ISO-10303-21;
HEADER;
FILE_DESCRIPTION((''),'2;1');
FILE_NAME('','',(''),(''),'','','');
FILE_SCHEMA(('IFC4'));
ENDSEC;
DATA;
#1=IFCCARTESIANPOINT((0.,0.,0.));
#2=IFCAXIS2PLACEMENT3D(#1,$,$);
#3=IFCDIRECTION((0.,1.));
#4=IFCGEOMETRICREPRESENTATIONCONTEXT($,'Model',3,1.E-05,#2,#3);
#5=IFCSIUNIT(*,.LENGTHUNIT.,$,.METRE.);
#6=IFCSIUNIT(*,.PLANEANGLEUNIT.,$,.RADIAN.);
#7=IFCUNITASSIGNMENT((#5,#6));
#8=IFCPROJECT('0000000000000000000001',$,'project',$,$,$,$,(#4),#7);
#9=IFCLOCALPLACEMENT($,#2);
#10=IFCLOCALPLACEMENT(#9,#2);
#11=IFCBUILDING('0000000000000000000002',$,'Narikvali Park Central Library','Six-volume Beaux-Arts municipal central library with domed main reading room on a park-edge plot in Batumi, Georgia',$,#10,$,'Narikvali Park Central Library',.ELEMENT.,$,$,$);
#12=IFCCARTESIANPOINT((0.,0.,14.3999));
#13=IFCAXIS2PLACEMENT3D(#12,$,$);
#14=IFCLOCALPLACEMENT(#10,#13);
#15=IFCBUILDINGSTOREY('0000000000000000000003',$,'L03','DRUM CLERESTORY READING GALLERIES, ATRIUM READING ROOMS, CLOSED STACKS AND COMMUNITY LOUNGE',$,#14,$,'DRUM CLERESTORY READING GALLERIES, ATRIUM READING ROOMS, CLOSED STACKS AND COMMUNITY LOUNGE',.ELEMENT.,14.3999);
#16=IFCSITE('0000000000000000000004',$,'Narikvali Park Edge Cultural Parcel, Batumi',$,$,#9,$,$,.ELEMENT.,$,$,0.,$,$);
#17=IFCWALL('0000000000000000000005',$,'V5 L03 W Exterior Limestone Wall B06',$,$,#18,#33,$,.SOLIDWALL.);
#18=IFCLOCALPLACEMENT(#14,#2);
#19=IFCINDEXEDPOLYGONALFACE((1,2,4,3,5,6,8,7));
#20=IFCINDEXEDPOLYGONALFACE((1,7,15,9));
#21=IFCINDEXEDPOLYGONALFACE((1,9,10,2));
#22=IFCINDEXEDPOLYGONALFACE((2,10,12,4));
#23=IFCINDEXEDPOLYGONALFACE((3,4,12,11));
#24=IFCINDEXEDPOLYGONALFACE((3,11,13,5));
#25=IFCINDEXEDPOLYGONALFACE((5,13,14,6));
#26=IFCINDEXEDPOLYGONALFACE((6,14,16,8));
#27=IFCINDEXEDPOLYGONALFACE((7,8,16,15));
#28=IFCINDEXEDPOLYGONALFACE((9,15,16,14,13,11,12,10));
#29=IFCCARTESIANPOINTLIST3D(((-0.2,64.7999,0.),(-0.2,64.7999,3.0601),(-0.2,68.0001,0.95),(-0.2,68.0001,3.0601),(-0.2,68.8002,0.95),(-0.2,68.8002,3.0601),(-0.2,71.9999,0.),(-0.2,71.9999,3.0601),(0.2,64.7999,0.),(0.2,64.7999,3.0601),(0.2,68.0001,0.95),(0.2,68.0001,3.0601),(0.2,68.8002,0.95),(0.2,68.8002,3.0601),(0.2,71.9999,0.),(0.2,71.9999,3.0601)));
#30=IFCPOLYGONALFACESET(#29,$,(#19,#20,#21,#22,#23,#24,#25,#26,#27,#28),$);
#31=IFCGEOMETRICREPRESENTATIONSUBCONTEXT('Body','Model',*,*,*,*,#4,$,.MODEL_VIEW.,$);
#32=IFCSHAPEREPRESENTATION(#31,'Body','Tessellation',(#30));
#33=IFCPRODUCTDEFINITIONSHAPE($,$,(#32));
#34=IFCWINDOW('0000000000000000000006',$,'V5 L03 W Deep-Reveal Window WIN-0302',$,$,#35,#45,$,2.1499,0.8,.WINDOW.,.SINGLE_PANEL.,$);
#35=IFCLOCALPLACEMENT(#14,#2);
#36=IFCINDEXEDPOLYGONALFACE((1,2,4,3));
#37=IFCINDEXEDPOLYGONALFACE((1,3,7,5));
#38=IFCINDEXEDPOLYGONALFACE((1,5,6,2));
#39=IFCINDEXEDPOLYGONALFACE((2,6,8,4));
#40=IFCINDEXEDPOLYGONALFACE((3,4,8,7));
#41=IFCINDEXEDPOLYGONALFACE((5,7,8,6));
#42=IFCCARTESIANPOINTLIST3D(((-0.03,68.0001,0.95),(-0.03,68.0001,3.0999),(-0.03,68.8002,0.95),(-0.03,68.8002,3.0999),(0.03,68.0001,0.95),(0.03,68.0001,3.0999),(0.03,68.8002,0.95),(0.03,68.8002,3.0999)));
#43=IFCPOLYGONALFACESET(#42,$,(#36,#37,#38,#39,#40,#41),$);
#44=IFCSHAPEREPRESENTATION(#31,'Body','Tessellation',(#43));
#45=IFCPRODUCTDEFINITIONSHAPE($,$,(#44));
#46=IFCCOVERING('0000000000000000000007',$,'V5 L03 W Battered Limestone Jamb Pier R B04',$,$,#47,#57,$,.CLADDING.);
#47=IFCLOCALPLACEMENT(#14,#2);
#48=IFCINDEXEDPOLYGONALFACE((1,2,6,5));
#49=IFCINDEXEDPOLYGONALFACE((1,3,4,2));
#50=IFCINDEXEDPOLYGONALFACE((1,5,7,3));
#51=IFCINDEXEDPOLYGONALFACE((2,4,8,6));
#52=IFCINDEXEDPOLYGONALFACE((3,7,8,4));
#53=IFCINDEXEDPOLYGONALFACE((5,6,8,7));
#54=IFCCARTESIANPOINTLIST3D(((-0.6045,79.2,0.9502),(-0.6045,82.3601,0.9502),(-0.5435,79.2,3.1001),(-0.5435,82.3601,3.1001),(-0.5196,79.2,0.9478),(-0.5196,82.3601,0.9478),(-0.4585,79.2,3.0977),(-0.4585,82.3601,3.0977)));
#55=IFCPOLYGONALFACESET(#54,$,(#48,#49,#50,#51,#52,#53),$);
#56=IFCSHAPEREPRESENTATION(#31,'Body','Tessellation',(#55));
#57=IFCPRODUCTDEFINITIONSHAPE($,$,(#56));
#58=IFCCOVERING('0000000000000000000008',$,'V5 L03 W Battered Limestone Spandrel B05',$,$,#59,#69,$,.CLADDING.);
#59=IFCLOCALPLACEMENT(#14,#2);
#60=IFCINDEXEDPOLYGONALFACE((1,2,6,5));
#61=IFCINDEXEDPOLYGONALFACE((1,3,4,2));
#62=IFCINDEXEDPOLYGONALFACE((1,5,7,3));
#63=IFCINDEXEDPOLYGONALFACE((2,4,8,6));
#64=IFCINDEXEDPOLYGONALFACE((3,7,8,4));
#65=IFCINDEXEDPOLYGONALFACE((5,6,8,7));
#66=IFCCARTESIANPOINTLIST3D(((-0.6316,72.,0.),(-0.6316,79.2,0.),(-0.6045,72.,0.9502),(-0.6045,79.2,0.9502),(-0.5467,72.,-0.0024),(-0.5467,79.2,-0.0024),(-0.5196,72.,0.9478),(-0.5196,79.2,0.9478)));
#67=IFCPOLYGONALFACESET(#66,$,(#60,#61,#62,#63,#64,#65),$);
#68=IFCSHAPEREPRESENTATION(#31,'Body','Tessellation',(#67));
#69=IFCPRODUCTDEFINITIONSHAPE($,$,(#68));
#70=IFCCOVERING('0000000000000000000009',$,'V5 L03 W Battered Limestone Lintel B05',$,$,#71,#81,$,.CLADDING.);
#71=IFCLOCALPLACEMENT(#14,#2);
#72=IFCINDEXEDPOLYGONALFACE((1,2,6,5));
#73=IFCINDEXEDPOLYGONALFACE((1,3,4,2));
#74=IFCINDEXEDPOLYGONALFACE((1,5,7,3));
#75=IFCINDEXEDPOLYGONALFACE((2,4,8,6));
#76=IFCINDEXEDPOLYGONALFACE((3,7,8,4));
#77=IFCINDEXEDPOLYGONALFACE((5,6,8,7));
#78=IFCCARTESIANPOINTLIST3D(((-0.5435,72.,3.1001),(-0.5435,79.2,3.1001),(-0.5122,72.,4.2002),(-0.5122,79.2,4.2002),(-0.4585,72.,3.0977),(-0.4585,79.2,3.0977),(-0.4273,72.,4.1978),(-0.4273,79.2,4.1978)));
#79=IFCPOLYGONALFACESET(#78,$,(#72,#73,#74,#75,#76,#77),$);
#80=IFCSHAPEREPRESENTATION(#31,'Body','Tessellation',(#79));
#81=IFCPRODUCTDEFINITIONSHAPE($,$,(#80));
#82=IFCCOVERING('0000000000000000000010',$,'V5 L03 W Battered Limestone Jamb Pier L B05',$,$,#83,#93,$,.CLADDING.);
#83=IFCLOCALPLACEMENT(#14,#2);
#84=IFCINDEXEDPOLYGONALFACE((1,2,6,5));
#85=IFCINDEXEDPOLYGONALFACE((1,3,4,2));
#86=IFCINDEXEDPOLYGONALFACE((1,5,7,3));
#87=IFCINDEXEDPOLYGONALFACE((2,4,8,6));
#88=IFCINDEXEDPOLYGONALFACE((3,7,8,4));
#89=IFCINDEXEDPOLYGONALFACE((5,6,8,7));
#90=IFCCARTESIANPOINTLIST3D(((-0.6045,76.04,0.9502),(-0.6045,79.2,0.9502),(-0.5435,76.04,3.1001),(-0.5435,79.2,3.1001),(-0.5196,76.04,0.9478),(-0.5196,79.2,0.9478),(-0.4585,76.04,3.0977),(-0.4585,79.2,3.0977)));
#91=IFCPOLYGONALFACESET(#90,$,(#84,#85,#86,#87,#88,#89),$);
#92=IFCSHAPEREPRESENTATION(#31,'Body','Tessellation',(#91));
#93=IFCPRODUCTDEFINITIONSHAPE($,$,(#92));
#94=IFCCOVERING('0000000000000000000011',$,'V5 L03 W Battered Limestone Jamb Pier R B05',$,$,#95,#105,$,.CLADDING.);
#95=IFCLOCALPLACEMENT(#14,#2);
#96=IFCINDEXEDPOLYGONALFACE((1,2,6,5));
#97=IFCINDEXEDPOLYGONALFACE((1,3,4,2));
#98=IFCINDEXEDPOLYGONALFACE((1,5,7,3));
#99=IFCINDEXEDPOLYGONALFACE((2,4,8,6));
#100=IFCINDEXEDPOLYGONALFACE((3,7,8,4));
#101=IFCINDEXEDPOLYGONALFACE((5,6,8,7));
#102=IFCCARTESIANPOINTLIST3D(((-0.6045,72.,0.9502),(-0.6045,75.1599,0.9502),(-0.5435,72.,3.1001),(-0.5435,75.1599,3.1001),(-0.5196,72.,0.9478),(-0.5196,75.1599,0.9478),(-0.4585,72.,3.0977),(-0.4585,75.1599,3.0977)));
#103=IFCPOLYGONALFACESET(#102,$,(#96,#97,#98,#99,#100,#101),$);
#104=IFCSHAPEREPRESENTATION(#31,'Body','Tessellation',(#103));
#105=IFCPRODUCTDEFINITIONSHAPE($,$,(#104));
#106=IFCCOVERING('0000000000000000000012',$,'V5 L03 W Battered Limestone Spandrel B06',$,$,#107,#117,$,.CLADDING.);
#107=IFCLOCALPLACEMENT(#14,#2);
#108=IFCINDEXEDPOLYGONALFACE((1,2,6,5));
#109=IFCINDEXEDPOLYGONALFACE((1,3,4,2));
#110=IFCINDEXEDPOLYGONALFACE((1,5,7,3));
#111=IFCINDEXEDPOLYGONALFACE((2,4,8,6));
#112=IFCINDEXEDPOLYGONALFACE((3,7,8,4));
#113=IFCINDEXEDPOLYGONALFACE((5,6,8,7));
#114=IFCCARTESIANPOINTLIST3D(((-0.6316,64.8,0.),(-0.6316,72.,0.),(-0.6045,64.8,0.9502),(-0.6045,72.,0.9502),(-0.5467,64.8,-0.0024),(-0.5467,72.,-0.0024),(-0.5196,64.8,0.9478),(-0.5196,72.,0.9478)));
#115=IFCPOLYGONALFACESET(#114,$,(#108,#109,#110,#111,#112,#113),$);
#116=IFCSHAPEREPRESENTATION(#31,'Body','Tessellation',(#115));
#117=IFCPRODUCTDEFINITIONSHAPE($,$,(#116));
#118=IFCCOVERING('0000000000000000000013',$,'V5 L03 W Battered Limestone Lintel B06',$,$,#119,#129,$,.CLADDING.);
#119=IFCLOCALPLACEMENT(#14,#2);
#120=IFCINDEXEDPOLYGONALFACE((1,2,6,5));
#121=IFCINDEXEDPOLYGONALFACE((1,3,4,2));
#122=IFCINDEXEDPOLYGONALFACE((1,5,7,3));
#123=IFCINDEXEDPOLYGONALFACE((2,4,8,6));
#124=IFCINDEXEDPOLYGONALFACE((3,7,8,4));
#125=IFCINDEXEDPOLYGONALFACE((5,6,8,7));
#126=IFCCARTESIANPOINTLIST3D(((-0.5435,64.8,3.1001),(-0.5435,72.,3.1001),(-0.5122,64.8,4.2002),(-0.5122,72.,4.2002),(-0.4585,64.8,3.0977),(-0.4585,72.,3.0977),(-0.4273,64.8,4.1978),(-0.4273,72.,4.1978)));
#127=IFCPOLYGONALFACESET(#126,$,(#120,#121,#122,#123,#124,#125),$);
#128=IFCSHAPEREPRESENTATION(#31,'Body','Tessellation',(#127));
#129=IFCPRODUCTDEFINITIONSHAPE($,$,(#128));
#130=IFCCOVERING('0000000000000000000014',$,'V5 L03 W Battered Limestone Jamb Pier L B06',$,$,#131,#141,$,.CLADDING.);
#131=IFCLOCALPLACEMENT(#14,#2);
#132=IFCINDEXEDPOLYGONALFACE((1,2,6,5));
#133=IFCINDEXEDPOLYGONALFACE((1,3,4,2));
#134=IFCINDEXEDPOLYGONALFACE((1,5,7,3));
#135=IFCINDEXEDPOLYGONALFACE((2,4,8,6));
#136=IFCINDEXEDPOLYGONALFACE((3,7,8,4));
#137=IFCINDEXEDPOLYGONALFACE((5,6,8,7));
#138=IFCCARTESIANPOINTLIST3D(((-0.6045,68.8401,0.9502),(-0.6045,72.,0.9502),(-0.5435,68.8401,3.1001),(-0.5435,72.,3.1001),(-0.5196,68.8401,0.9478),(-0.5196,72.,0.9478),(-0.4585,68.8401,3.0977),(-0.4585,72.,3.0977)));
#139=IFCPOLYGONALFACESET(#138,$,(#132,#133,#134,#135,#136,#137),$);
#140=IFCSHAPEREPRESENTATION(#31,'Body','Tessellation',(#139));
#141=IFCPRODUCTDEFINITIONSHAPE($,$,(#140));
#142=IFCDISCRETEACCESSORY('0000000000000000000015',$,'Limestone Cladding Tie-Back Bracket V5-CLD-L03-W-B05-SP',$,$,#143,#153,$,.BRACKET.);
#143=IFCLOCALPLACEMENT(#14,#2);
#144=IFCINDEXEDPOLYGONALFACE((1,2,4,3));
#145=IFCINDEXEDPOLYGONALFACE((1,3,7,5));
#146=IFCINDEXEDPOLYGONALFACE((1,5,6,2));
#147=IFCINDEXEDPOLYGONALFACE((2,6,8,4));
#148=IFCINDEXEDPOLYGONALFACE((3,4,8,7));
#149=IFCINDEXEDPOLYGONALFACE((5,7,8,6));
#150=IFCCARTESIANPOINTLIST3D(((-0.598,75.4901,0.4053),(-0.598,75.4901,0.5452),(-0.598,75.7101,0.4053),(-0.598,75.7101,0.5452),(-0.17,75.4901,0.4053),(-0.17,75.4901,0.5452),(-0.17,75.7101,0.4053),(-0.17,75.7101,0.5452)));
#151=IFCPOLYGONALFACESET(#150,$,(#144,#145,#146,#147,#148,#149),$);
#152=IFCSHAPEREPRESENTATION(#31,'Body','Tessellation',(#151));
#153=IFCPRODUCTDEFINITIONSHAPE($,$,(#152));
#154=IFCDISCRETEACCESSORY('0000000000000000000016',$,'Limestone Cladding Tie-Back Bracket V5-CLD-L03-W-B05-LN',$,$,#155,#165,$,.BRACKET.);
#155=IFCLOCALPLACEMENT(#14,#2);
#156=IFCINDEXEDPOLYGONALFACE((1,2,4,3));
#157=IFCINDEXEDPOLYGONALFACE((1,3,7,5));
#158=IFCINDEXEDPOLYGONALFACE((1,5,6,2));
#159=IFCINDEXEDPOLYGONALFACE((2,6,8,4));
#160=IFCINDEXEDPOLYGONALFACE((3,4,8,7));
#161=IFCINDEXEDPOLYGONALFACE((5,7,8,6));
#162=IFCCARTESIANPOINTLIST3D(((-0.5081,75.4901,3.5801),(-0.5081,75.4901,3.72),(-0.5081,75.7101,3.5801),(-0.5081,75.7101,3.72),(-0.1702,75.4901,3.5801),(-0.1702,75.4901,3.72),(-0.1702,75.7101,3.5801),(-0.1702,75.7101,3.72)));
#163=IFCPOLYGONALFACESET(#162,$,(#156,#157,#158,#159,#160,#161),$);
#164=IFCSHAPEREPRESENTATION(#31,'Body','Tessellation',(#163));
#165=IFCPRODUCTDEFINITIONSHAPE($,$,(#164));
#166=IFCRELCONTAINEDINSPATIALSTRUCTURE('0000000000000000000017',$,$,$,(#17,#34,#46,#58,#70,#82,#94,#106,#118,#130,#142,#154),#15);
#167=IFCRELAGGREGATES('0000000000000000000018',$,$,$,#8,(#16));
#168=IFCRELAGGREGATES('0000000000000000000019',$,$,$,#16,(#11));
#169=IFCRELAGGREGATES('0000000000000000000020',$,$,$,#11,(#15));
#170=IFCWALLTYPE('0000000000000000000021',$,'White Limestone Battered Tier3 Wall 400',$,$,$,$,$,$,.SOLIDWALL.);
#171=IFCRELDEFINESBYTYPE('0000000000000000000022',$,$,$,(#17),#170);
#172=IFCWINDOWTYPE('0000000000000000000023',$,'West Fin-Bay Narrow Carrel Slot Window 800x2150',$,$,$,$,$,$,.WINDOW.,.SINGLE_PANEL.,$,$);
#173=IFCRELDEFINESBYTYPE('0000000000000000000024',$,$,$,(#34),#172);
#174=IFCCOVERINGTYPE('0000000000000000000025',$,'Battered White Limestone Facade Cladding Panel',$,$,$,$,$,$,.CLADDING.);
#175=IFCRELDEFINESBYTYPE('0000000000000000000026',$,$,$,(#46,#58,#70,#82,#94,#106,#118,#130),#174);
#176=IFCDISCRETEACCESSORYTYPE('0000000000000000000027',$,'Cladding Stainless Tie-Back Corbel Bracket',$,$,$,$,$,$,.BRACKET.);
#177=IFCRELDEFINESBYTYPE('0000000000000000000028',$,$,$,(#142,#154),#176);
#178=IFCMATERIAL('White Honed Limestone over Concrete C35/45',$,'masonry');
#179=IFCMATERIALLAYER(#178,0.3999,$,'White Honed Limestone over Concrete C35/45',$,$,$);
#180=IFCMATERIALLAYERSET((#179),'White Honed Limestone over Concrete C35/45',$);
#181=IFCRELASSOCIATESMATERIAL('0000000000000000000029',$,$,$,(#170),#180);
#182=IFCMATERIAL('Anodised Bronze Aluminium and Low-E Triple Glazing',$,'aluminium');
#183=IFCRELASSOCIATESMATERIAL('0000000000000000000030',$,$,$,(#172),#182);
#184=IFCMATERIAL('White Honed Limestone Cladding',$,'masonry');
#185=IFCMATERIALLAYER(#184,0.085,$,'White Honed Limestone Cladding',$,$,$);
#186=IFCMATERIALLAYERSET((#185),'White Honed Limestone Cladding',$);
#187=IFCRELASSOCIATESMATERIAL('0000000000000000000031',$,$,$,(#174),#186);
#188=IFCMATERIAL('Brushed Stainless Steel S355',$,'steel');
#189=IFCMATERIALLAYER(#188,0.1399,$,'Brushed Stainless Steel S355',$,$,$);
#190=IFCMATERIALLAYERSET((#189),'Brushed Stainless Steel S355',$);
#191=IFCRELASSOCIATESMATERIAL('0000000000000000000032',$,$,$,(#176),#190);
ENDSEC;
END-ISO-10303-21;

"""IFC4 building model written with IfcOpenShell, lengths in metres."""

from ifc_helpers import new_model, si_unit, direction, frame, frame_2d, origin, origin_2d, place, context, subcontext, project, spatial, polyline, rectangle, outline, extrude, material, layer, layer_set, type_object, element, fill, save


model = new_model("IFC4")

# Units and contexts
model_context = context("Model", 3, precision=1e-05, world=origin(), true_north=direction((0.0, 1.0)))
body_context = subcontext(model_context, "Body", "Model", "MODEL_VIEW")
ifc_project = project(units=[si_unit("LENGTHUNIT", "METRE"), si_unit("PLANEANGLEUNIT", "RADIAN")], contexts=[model_context])

# Site, building, storey
site_placement = place(None, origin())
site = spatial("IfcSite", under=ifc_project, at=site_placement, Name="Narikvali Park Edge Cultural Parcel, Batumi", CompositionType="ELEMENT", RefElevation=0.0)
building_placement = place(site_placement, origin())
building = spatial("IfcBuilding", under=site, at=building_placement, Name="Narikvali Park Central Library", Description="Six-volume Beaux-Arts municipal central library with domed main reading room on a park-edge plot in Batumi, Georgia", LongName="Narikvali Park Central Library", CompositionType="ELEMENT")
storey_placement = place(building_placement, frame((0.0, 0.0, 14.3999)))
storey = spatial("IfcBuildingStorey", under=building, at=storey_placement, Name="L03", Description="DRUM CLERESTORY READING GALLERIES, ATRIUM READING ROOMS, CLOSED STACKS AND COMMUNITY LOUNGE", LongName="DRUM CLERESTORY READING GALLERIES, ATRIUM READING ROOMS, CLOSED STACKS AND COMMUNITY LOUNGE", CompositionType="ELEMENT", Elevation=14.3999)

# Wall, opening, window
ifc_material_1 = material(Name="White Honed Limestone over Concrete C35/45", Category="masonry")
ifc_layer_1 = layer(ifc_material_1, 0.3999, Name="White Honed Limestone over Concrete C35/45")
ifc_layer_set_1 = layer_set([ifc_layer_1], Name="White Honed Limestone over Concrete C35/45")
wall_type_1 = type_object("IfcWallType", Name="White Limestone Battered Tier3 Wall 400", PredefinedType="SOLIDWALL", material=ifc_layer_set_1)
wall_placement = place(storey_placement, frame((0.0, 72.0, 0.0), z_axis=(0.0, 0.0, 1.0), x_axis=(0.0, -1.0, 0.0)))
wall = element("IfcWall", 1, at=wall_placement, inside=storey, type_object=wall_type_1, Name="V5 L03 W Exterior Limestone Wall B06", PredefinedType="SOLIDWALL", context=body_context, shape_type="SweptSolid", body=[
    extrude(rectangle(XDim=7.2, YDim=0.3999, at=frame_2d((3.6001, 0.0))), origin(), (0.0, 0.0, 1.0), 3.0601),
])
opening_placement = place(wall_placement, frame((3.2, 0.0, 0.95)))
opening = element("IfcOpeningElement", 2, at=opening_placement, cuts=wall, PredefinedType="OPENING", context=body_context, shape_type="SweptSolid", body=[
    extrude(rectangle(XDim=0.8, YDim=2.1499, at=frame_2d((0.3999, 1.075))), frame((0.0, 0.2119, 0.0), z_axis=(0.0, -1.0, 0.0), x_axis=(1.0, 0.0, 0.0)), (0.0, 0.0, 1.0), 0.4238),
])
ifc_material_2 = material(Name="Anodised Bronze Aluminium and Low-E Triple Glazing", Category="aluminium")
window_type = type_object("IfcWindowType", Name="West Fin-Bay Narrow Carrel Slot Window 800x2150", PartitioningType="SINGLE_PANEL", PredefinedType="WINDOW", material=ifc_material_2)
window_placement = place(opening_placement, origin())
window = element("IfcWindow", 3, at=window_placement, inside=storey, type_object=window_type, Name="V5 L03 W Deep-Reveal Window WIN-0302", OverallHeight=2.1499, OverallWidth=0.8, PartitioningType="SINGLE_PANEL", PredefinedType="WINDOW", context=body_context, shape_type="SweptSolid", body=[
    extrude(rectangle(XDim=0.8, YDim=2.1499, at=frame_2d((0.3999, 1.075))), frame((0.0, 0.03, 0.0), z_axis=(0.0, -1.0, 0.0), x_axis=(1.0, 0.0, 0.0)), (0.0, 0.0, 1.0), 0.0601),
])
fill(opening, window)

# Coverings
ifc_material_3 = material(Name="White Honed Limestone Cladding", Category="masonry")
ifc_layer_2 = layer(ifc_material_3, 0.085, Name="White Honed Limestone Cladding")
ifc_layer_set_2 = layer_set([ifc_layer_2], Name="White Honed Limestone Cladding")
covering_type = type_object("IfcCoveringType", Name="Battered White Limestone Facade Cladding Panel", PredefinedType="CLADDING", material=ifc_layer_set_2)
covering_1_placement = place(storey_placement, frame((-0.6045, 82.3601, 0.9502), z_axis=(-0.999597, 0.0, 0.028378), x_axis=(0.0, -1.0, 0.0)))
element("IfcCovering", 4, at=covering_1_placement, inside=storey, type_object=covering_type, Name="V5 L03 W Battered Limestone Jamb Pier R B04", PredefinedType="CLADDING", context=body_context, shape_type="SweptSolid", body=[
    extrude(outline(polyline([(0.0, 0.0), (3.1602, 0.0), (3.1602, 2.1508), (0.0, 2.1508), (0.0, 0.0)])), origin(), (0.0, 0.0, -1.0), 0.085),
])
covering_2_placement = place(storey_placement, frame((-0.6316, 79.2, 0.0), z_axis=(-0.999594, 0.0, 0.028508), x_axis=(0.0, -1.0, 0.0)))
element("IfcCovering", 5, at=covering_2_placement, inside=storey, type_object=covering_type, Name="V5 L03 W Battered Limestone Spandrel B05", PredefinedType="CLADDING", context=body_context, shape_type="SweptSolid", body=[
    extrude(outline(polyline([(0.0, 0.0), (7.2, 0.0), (7.2, 0.9506), (0.0, 0.9506), (0.0, 0.0)])), origin(), (0.0, 0.0, -1.0), 0.085),
])
covering_3_placement = place(storey_placement, frame((-0.5435, 79.2, 3.1001), z_axis=(-0.999597, 0.0, 0.028395), x_axis=(0.0, -1.0, 0.0)))
element("IfcCovering", 6, at=covering_3_placement, inside=storey, type_object=covering_type, Name="V5 L03 W Battered Limestone Lintel B05", PredefinedType="CLADDING", context=body_context, shape_type="SweptSolid", body=[
    extrude(outline(polyline([(0.0, 0.0), (7.2, 0.0), (7.2, 1.1005), (0.0, 1.1005), (0.0, 0.0)])), origin(), (0.0, 0.0, -1.0), 0.085),
])
for number, where, z_axis, x_axis, name in (
    (7, (-0.6045, 79.2, 0.9502), (-0.999597, 0.0, 0.028378), (0.0, -1.0, 0.0), "V5 L03 W Battered Limestone Jamb Pier L B05"),
    (8, (-0.6045, 75.1599, 0.9502), (-0.999597, 0.0, 0.028378), (0.0, -1.0, 0.0), "V5 L03 W Battered Limestone Jamb Pier R B05"),
):
    element("IfcCovering", number, at=place(storey_placement, frame(where, z_axis=z_axis, x_axis=x_axis)), inside=storey, type_object=covering_type, Name=name, PredefinedType="CLADDING", context=body_context, shape_type="SweptSolid", body=[
        extrude(outline(polyline([(0.0, 0.0), (3.1599, 0.0), (3.1599, 2.1508), (0.0, 2.1508), (0.0, 0.0)])), origin(), (0.0, 0.0, -1.0), 0.085),
    ])
covering_4_placement = place(storey_placement, frame((-0.6316, 72.0, 0.0), z_axis=(-0.999594, 0.0, 0.028508), x_axis=(0.0, -1.0, 0.0)))
element("IfcCovering", 9, at=covering_4_placement, inside=storey, type_object=covering_type, Name="V5 L03 W Battered Limestone Spandrel B06", PredefinedType="CLADDING", context=body_context, shape_type="SweptSolid", body=[
    extrude(outline(polyline([(0.0, 0.0), (7.2, 0.0), (7.2, 0.9506), (0.0, 0.9506), (0.0, 0.0)])), origin(), (0.0, 0.0, -1.0), 0.085),
])
covering_5_placement = place(storey_placement, frame((-0.5435, 72.0, 3.1001), z_axis=(-0.999597, 0.0, 0.028395), x_axis=(0.0, -1.0, 0.0)))
element("IfcCovering", 10, at=covering_5_placement, inside=storey, type_object=covering_type, Name="V5 L03 W Battered Limestone Lintel B06", PredefinedType="CLADDING", context=body_context, shape_type="SweptSolid", body=[
    extrude(outline(polyline([(0.0, 0.0), (7.2, 0.0), (7.2, 1.1005), (0.0, 1.1005), (0.0, 0.0)])), origin(), (0.0, 0.0, -1.0), 0.085),
])
covering_6_placement = place(storey_placement, frame((-0.6045, 72.0, 0.9502), z_axis=(-0.999597, 0.0, 0.028378), x_axis=(0.0, -1.0, 0.0)))
element("IfcCovering", 11, at=covering_6_placement, inside=storey, type_object=covering_type, Name="V5 L03 W Battered Limestone Jamb Pier L B06", PredefinedType="CLADDING", context=body_context, shape_type="SweptSolid", body=[
    extrude(outline(polyline([(0.0, 0.0), (3.1599, 0.0), (3.1599, 2.1508), (0.0, 2.1508), (0.0, 0.0)])), origin(), (0.0, 0.0, -1.0), 0.085),
])

# Discrete accessories
ifc_material_4 = material(Name="Brushed Stainless Steel S355", Category="steel")
ifc_layer_3 = layer(ifc_material_4, 0.1399, Name="Brushed Stainless Steel S355")
ifc_layer_set_3 = layer_set([ifc_layer_3], Name="Brushed Stainless Steel S355")
discrete_accessory_type = type_object("IfcDiscreteAccessoryType", Name="Cladding Stainless Tie-Back Corbel Bracket", PredefinedType="BRACKET", material=ifc_layer_set_3)
discrete_accessory_1_placement = place(storey_placement, frame((-0.384, 75.6001, 0.4053), z_axis=(0.0, 0.0, 1.0), x_axis=(1.0, 0.0, 0.0)))
element("IfcDiscreteAccessory", 12, at=discrete_accessory_1_placement, inside=storey, type_object=discrete_accessory_type, Name="Limestone Cladding Tie-Back Bracket V5-CLD-L03-W-B05-SP", PredefinedType="BRACKET", context=body_context, shape_type="SweptSolid", body=[
    extrude(rectangle(XDim=0.428, YDim=0.22, at=origin_2d()), origin(), (0.0, 0.0, 1.0), 0.1399),
])
discrete_accessory_2_placement = place(storey_placement, frame((-0.3391, 75.6001, 3.5801), z_axis=(0.0, 0.0, 1.0), x_axis=(1.0, 0.0, 0.0)))
element("IfcDiscreteAccessory", 13, at=discrete_accessory_2_placement, inside=storey, type_object=discrete_accessory_type, Name="Limestone Cladding Tie-Back Bracket V5-CLD-L03-W-B05-LN", PredefinedType="BRACKET", context=body_context, shape_type="SweptSolid", body=[
    extrude(rectangle(XDim=0.3379, YDim=0.22, at=origin_2d()), origin(), (0.0, 0.0, 1.0), 0.1399),
])

save(model, "model.ifc")
